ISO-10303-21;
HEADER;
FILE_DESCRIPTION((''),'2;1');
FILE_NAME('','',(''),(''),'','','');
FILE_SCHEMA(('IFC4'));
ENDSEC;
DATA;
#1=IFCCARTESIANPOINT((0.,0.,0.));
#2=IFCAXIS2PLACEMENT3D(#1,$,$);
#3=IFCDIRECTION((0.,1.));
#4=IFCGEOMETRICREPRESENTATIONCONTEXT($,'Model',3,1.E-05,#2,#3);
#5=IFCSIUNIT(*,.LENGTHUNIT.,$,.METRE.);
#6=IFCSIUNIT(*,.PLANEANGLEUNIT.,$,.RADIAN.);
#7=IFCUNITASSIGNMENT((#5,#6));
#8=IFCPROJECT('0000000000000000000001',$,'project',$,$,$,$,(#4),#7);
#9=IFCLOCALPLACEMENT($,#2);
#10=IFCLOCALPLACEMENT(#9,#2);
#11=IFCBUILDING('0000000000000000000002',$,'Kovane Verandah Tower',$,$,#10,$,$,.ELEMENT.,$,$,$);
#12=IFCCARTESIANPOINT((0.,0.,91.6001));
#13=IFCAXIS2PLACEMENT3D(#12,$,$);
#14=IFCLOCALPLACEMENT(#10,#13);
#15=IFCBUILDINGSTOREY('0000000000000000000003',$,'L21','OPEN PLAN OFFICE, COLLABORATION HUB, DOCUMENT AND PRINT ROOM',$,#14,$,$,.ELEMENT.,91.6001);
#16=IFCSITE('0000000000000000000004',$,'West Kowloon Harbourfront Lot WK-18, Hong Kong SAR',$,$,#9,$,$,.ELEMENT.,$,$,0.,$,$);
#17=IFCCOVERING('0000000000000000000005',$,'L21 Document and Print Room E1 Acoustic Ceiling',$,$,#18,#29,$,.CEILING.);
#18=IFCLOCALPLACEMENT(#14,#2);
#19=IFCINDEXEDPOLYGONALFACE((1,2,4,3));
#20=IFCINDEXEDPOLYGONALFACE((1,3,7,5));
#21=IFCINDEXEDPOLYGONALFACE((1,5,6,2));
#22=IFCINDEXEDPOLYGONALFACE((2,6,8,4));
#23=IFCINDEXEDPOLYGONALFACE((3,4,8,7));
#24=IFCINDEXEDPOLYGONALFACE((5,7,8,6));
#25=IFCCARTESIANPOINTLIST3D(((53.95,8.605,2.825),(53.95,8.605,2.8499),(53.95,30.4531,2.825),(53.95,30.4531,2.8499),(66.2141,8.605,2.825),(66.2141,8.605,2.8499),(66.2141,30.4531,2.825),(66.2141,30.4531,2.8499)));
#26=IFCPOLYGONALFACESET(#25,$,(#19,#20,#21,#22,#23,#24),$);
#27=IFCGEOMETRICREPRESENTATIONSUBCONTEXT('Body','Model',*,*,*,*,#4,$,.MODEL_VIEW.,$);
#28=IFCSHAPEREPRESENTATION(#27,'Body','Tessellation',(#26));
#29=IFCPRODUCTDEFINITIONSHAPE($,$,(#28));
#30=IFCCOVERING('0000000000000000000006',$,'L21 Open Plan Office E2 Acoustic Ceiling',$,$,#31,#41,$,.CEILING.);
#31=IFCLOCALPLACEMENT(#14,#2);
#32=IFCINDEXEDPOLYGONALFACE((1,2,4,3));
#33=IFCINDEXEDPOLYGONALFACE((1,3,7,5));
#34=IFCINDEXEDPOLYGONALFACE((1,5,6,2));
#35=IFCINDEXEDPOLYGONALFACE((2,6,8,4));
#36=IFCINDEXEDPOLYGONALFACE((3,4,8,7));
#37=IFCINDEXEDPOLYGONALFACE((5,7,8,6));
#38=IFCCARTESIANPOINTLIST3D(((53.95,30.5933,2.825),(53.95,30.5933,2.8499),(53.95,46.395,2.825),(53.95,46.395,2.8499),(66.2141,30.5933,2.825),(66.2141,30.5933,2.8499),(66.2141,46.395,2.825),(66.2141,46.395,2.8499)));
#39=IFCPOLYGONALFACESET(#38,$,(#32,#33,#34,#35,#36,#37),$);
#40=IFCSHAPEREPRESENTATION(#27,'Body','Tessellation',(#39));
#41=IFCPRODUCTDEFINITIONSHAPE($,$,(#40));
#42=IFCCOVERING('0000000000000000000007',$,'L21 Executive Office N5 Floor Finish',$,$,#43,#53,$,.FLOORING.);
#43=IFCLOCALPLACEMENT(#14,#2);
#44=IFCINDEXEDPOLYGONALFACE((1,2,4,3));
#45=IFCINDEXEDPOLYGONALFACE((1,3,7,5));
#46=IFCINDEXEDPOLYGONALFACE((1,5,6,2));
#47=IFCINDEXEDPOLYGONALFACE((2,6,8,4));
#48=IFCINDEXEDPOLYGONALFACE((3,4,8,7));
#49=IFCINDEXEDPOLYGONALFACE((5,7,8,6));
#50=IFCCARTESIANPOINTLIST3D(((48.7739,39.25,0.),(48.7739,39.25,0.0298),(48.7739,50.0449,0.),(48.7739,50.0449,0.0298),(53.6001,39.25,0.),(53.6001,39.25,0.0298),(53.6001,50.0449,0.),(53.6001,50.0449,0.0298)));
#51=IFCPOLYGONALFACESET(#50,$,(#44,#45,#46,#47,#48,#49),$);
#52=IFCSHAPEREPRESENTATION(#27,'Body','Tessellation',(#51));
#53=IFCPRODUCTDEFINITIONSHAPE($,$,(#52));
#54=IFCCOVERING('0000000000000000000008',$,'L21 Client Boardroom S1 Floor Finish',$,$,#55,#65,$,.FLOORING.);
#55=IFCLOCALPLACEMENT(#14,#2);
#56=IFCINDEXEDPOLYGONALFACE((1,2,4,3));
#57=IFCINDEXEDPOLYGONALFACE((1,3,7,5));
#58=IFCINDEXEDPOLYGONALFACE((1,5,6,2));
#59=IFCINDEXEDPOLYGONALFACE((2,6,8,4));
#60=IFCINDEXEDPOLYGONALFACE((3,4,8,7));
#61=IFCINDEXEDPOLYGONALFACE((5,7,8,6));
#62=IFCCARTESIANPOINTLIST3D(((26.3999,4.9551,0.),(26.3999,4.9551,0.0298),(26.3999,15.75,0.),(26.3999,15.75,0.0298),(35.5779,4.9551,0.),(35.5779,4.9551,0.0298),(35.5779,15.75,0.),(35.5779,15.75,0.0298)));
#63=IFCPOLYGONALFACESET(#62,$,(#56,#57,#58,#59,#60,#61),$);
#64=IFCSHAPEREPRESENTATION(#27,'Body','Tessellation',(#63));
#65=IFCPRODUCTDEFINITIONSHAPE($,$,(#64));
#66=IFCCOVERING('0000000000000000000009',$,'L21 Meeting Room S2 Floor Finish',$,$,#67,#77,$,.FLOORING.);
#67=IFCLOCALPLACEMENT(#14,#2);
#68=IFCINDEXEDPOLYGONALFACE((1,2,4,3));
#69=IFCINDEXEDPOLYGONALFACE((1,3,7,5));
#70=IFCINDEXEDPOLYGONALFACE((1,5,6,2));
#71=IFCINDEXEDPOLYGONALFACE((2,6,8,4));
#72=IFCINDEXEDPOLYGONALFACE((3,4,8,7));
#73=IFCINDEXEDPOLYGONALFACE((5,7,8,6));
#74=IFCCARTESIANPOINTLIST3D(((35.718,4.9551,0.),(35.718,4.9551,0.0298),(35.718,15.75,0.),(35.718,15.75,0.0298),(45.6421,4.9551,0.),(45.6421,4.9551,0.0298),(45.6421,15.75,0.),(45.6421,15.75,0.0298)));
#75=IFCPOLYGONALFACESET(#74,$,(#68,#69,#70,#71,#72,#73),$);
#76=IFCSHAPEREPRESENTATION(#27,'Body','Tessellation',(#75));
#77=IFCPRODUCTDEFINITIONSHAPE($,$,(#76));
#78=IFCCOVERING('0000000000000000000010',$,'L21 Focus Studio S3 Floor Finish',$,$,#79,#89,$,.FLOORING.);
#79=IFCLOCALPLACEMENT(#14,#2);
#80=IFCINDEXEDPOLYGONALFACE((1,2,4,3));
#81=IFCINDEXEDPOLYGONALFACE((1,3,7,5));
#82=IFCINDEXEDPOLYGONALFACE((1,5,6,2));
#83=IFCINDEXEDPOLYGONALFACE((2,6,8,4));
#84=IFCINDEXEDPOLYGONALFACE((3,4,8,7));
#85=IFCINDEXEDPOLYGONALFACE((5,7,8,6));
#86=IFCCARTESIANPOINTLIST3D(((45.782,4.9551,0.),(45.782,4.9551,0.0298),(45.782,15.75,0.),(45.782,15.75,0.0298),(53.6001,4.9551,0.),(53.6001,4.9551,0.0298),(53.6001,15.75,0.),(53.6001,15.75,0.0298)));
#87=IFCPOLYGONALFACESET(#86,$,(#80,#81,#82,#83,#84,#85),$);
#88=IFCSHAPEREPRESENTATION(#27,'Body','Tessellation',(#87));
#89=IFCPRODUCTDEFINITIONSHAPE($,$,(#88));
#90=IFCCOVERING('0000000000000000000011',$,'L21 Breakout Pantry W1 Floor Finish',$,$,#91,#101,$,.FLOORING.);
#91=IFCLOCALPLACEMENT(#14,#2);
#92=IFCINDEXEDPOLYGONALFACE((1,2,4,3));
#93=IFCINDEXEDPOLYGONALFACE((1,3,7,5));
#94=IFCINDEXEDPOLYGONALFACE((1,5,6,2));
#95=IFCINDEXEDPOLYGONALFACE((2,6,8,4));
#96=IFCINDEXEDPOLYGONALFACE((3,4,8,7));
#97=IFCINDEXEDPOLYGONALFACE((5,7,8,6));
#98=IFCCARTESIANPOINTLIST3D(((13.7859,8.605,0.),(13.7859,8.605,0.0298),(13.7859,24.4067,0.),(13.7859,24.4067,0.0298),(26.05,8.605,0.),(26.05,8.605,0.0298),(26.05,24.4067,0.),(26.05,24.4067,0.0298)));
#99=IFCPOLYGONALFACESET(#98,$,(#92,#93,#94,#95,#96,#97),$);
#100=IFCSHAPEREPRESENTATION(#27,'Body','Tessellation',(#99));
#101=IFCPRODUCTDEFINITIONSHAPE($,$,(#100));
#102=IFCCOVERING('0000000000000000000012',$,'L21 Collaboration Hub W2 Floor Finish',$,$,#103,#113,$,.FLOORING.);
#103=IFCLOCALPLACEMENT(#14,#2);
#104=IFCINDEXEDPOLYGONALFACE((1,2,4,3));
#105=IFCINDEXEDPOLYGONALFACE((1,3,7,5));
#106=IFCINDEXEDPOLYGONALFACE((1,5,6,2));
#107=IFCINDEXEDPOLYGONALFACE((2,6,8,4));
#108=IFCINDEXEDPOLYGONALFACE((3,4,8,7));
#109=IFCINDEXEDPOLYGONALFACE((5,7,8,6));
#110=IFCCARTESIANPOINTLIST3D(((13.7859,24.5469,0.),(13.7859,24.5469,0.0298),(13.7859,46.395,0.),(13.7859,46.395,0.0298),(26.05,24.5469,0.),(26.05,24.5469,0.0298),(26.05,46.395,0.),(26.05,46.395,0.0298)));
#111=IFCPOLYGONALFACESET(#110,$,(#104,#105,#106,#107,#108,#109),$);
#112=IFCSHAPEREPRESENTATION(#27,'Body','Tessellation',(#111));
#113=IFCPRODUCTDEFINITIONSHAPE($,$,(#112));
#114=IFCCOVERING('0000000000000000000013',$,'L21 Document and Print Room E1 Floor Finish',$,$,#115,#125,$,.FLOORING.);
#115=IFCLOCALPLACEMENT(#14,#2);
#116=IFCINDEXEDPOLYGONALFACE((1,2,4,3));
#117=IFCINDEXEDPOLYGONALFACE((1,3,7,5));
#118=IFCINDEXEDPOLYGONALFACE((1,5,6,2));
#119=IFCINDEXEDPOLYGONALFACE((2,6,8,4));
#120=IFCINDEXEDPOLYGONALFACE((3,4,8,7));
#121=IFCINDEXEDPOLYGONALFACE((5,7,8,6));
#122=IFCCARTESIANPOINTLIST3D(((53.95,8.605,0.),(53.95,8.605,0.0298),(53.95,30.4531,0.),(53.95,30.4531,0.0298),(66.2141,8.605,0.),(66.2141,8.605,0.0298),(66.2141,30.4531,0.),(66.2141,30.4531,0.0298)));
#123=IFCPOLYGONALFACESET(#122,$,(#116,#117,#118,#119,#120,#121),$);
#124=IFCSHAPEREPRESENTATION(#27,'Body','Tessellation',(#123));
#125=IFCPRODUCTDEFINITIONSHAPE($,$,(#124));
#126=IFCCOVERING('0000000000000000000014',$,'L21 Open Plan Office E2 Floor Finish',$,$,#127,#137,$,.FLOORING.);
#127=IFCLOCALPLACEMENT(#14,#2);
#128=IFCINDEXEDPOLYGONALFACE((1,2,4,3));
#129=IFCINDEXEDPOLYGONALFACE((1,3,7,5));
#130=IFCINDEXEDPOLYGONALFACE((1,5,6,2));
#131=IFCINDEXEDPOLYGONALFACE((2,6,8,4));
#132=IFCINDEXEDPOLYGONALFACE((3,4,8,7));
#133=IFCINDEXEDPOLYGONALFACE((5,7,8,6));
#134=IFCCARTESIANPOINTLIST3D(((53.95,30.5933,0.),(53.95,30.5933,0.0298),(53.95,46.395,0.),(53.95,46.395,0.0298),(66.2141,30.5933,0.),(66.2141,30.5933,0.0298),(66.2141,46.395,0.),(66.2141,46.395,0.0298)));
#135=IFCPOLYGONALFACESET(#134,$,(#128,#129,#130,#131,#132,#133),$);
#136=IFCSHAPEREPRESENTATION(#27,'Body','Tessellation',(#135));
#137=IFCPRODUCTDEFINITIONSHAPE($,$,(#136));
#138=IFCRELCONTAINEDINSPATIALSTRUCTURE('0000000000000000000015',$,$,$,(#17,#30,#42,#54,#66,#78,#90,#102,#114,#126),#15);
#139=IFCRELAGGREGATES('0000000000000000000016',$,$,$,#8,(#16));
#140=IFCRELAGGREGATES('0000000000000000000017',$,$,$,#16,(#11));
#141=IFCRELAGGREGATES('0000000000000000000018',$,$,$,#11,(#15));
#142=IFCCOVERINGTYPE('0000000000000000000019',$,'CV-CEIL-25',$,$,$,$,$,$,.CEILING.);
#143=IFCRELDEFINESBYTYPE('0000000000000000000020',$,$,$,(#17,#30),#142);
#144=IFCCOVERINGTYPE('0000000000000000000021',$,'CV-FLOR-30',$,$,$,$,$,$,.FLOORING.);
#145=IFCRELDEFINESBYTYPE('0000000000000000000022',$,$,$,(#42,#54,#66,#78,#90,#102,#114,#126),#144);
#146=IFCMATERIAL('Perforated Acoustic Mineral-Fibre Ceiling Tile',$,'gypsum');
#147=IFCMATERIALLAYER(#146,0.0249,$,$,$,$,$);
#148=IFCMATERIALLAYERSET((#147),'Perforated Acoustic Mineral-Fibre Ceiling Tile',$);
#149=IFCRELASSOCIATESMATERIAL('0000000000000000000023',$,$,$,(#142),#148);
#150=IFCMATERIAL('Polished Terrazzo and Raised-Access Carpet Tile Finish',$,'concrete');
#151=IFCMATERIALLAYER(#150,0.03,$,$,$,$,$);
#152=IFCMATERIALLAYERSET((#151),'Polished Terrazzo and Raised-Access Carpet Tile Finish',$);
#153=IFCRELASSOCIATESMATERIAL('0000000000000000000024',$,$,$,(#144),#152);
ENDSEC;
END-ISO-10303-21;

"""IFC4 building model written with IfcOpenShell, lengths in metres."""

from ifc_helpers import new_model, si_unit, direction, frame, origin, place, context, subcontext, project, spatial, polyline, outline, extrude, material, layer, layer_set, type_object, element, save


model = new_model("IFC4")

# Units and contexts
model_context = context("Model", 3, precision=1e-05, world=origin(), true_north=direction((0.0, 1.0)))
body_context = subcontext(model_context, "Body", "Model", "MODEL_VIEW")
ifc_project = project(units=[si_unit("LENGTHUNIT", "METRE"), si_unit("PLANEANGLEUNIT", "RADIAN")], contexts=[model_context])

# Site, building, storey
site_placement = place(None, origin())
site = spatial("IfcSite", under=ifc_project, at=site_placement, Name="West Kowloon Harbourfront Lot WK-18, Hong Kong SAR", CompositionType="ELEMENT", RefElevation=0.0)
building_placement = place(site_placement, origin())
building = spatial("IfcBuilding", under=site, at=building_placement, Name="Kovane Verandah Tower", CompositionType="ELEMENT")
storey_placement = place(building_placement, frame((0.0, 0.0, 91.6001)))
storey = spatial("IfcBuildingStorey", under=building, at=storey_placement, Name="L21", Description="OPEN PLAN OFFICE, COLLABORATION HUB, DOCUMENT AND PRINT ROOM", CompositionType="ELEMENT", Elevation=91.6001)

# Coverings
ifc_material_1 = material(Name="Perforated Acoustic Mineral-Fibre Ceiling Tile", Category="gypsum")
ifc_layer_1 = layer(ifc_material_1, 0.0249)
ifc_layer_set_1 = layer_set([ifc_layer_1], Name="Perforated Acoustic Mineral-Fibre Ceiling Tile")
covering_type_1 = type_object("IfcCoveringType", Name="CV-CEIL-25", PredefinedType="CEILING", material=ifc_layer_set_1)
covering_1_placement = place(storey_placement, frame((0.0, 0.0, 2.825)))
element("IfcCovering", 1, at=covering_1_placement, inside=storey, type_object=covering_type_1, Name="L21 Document and Print Room E1 Acoustic Ceiling", PredefinedType="CEILING", context=body_context, shape_type="SweptSolid", body=[
    extrude(outline(polyline([(53.95, 8.605), (66.2141, 8.605), (66.2141, 30.4531), (53.95, 30.4531), (53.95, 8.605)])), origin(), (0.0, 0.0, 1.0), 0.0249),
])
covering_2_placement = place(storey_placement, frame((0.0, 0.0, 2.825)))
element("IfcCovering", 2, at=covering_2_placement, inside=storey, type_object=covering_type_1, Name="L21 Open Plan Office E2 Acoustic Ceiling", PredefinedType="CEILING", context=body_context, shape_type="SweptSolid", body=[
    extrude(outline(polyline([(53.95, 30.5933), (66.2141, 30.5933), (66.2141, 46.395), (53.95, 46.395), (53.95, 30.5933)])), origin(), (0.0, 0.0, 1.0), 0.0249),
])
ifc_material_2 = material(Name="Polished Terrazzo and Raised-Access Carpet Tile Finish", Category="concrete")
ifc_layer_2 = layer(ifc_material_2, 0.03)
ifc_layer_set_2 = layer_set([ifc_layer_2], Name="Polished Terrazzo and Raised-Access Carpet Tile Finish")
covering_type_2 = type_object("IfcCoveringType", Name="CV-FLOR-30", PredefinedType="FLOORING", material=ifc_layer_set_2)
covering_3_placement = place(storey_placement, origin())
element("IfcCovering", 3, at=covering_3_placement, inside=storey, type_object=covering_type_2, Name="L21 Executive Office N5 Floor Finish", PredefinedType="FLOORING", context=body_context, shape_type="SweptSolid", body=[
    extrude(outline(polyline([(48.7739, 39.25), (53.6001, 39.25), (53.6001, 50.0449), (48.7739, 50.0449), (48.7739, 39.25)])), origin(), (0.0, 0.0, 1.0), 0.0298),
])
covering_4_placement = place(storey_placement, origin())
element("IfcCovering", 4, at=covering_4_placement, inside=storey, type_object=covering_type_2, Name="L21 Client Boardroom S1 Floor Finish", PredefinedType="FLOORING", context=body_context, shape_type="SweptSolid", body=[
    extrude(outline(polyline([(26.3999, 4.9551), (35.5779, 4.9551), (35.5779, 15.75), (26.3999, 15.75), (26.3999, 4.9551)])), origin(), (0.0, 0.0, 1.0), 0.0298),
])
covering_5_placement = place(storey_placement, origin())
element("IfcCovering", 5, at=covering_5_placement, inside=storey, type_object=covering_type_2, Name="L21 Meeting Room S2 Floor Finish", PredefinedType="FLOORING", context=body_context, shape_type="SweptSolid", body=[
    extrude(outline(polyline([(35.718, 4.9551), (45.6421, 4.9551), (45.6421, 15.75), (35.718, 15.75), (35.718, 4.9551)])), origin(), (0.0, 0.0, 1.0), 0.0298),
])
covering_6_placement = place(storey_placement, origin())
element("IfcCovering", 6, at=covering_6_placement, inside=storey, type_object=covering_type_2, Name="L21 Focus Studio S3 Floor Finish", PredefinedType="FLOORING", context=body_context, shape_type="SweptSolid", body=[
    extrude(outline(polyline([(45.782, 4.9551), (53.6001, 4.9551), (53.6001, 15.75), (45.782, 15.75), (45.782, 4.9551)])), origin(), (0.0, 0.0, 1.0), 0.0298),
])
covering_7_placement = place(storey_placement, origin())
element("IfcCovering", 7, at=covering_7_placement, inside=storey, type_object=covering_type_2, Name="L21 Breakout Pantry W1 Floor Finish", PredefinedType="FLOORING", context=body_context, shape_type="SweptSolid", body=[
    extrude(outline(polyline([(13.7859, 8.605), (26.05, 8.605), (26.05, 24.4067), (13.7859, 24.4067), (13.7859, 8.605)])), origin(), (0.0, 0.0, 1.0), 0.0298),
])
covering_8_placement = place(storey_placement, origin())
element("IfcCovering", 8, at=covering_8_placement, inside=storey, type_object=covering_type_2, Name="L21 Collaboration Hub W2 Floor Finish", PredefinedType="FLOORING", context=body_context, shape_type="SweptSolid", body=[
    extrude(outline(polyline([(13.7859, 24.5469), (26.05, 24.5469), (26.05, 46.395), (13.7859, 46.395), (13.7859, 24.5469)])), origin(), (0.0, 0.0, 1.0), 0.0298),
])
covering_9_placement = place(storey_placement, origin())
element("IfcCovering", 9, at=covering_9_placement, inside=storey, type_object=covering_type_2, Name="L21 Document and Print Room E1 Floor Finish", PredefinedType="FLOORING", context=body_context, shape_type="SweptSolid", body=[
    extrude(outline(polyline([(53.95, 8.605), (66.2141, 8.605), (66.2141, 30.4531), (53.95, 30.4531), (53.95, 8.605)])), origin(), (0.0, 0.0, 1.0), 0.0298),
])
covering_10_placement = place(storey_placement, origin())
element("IfcCovering", 10, at=covering_10_placement, inside=storey, type_object=covering_type_2, Name="L21 Open Plan Office E2 Floor Finish", PredefinedType="FLOORING", context=body_context, shape_type="SweptSolid", body=[
    extrude(outline(polyline([(53.95, 30.5933), (66.2141, 30.5933), (66.2141, 46.395), (53.95, 46.395), (53.95, 30.5933)])), origin(), (0.0, 0.0, 1.0), 0.0298),
])

save(model, "model.ifc")
